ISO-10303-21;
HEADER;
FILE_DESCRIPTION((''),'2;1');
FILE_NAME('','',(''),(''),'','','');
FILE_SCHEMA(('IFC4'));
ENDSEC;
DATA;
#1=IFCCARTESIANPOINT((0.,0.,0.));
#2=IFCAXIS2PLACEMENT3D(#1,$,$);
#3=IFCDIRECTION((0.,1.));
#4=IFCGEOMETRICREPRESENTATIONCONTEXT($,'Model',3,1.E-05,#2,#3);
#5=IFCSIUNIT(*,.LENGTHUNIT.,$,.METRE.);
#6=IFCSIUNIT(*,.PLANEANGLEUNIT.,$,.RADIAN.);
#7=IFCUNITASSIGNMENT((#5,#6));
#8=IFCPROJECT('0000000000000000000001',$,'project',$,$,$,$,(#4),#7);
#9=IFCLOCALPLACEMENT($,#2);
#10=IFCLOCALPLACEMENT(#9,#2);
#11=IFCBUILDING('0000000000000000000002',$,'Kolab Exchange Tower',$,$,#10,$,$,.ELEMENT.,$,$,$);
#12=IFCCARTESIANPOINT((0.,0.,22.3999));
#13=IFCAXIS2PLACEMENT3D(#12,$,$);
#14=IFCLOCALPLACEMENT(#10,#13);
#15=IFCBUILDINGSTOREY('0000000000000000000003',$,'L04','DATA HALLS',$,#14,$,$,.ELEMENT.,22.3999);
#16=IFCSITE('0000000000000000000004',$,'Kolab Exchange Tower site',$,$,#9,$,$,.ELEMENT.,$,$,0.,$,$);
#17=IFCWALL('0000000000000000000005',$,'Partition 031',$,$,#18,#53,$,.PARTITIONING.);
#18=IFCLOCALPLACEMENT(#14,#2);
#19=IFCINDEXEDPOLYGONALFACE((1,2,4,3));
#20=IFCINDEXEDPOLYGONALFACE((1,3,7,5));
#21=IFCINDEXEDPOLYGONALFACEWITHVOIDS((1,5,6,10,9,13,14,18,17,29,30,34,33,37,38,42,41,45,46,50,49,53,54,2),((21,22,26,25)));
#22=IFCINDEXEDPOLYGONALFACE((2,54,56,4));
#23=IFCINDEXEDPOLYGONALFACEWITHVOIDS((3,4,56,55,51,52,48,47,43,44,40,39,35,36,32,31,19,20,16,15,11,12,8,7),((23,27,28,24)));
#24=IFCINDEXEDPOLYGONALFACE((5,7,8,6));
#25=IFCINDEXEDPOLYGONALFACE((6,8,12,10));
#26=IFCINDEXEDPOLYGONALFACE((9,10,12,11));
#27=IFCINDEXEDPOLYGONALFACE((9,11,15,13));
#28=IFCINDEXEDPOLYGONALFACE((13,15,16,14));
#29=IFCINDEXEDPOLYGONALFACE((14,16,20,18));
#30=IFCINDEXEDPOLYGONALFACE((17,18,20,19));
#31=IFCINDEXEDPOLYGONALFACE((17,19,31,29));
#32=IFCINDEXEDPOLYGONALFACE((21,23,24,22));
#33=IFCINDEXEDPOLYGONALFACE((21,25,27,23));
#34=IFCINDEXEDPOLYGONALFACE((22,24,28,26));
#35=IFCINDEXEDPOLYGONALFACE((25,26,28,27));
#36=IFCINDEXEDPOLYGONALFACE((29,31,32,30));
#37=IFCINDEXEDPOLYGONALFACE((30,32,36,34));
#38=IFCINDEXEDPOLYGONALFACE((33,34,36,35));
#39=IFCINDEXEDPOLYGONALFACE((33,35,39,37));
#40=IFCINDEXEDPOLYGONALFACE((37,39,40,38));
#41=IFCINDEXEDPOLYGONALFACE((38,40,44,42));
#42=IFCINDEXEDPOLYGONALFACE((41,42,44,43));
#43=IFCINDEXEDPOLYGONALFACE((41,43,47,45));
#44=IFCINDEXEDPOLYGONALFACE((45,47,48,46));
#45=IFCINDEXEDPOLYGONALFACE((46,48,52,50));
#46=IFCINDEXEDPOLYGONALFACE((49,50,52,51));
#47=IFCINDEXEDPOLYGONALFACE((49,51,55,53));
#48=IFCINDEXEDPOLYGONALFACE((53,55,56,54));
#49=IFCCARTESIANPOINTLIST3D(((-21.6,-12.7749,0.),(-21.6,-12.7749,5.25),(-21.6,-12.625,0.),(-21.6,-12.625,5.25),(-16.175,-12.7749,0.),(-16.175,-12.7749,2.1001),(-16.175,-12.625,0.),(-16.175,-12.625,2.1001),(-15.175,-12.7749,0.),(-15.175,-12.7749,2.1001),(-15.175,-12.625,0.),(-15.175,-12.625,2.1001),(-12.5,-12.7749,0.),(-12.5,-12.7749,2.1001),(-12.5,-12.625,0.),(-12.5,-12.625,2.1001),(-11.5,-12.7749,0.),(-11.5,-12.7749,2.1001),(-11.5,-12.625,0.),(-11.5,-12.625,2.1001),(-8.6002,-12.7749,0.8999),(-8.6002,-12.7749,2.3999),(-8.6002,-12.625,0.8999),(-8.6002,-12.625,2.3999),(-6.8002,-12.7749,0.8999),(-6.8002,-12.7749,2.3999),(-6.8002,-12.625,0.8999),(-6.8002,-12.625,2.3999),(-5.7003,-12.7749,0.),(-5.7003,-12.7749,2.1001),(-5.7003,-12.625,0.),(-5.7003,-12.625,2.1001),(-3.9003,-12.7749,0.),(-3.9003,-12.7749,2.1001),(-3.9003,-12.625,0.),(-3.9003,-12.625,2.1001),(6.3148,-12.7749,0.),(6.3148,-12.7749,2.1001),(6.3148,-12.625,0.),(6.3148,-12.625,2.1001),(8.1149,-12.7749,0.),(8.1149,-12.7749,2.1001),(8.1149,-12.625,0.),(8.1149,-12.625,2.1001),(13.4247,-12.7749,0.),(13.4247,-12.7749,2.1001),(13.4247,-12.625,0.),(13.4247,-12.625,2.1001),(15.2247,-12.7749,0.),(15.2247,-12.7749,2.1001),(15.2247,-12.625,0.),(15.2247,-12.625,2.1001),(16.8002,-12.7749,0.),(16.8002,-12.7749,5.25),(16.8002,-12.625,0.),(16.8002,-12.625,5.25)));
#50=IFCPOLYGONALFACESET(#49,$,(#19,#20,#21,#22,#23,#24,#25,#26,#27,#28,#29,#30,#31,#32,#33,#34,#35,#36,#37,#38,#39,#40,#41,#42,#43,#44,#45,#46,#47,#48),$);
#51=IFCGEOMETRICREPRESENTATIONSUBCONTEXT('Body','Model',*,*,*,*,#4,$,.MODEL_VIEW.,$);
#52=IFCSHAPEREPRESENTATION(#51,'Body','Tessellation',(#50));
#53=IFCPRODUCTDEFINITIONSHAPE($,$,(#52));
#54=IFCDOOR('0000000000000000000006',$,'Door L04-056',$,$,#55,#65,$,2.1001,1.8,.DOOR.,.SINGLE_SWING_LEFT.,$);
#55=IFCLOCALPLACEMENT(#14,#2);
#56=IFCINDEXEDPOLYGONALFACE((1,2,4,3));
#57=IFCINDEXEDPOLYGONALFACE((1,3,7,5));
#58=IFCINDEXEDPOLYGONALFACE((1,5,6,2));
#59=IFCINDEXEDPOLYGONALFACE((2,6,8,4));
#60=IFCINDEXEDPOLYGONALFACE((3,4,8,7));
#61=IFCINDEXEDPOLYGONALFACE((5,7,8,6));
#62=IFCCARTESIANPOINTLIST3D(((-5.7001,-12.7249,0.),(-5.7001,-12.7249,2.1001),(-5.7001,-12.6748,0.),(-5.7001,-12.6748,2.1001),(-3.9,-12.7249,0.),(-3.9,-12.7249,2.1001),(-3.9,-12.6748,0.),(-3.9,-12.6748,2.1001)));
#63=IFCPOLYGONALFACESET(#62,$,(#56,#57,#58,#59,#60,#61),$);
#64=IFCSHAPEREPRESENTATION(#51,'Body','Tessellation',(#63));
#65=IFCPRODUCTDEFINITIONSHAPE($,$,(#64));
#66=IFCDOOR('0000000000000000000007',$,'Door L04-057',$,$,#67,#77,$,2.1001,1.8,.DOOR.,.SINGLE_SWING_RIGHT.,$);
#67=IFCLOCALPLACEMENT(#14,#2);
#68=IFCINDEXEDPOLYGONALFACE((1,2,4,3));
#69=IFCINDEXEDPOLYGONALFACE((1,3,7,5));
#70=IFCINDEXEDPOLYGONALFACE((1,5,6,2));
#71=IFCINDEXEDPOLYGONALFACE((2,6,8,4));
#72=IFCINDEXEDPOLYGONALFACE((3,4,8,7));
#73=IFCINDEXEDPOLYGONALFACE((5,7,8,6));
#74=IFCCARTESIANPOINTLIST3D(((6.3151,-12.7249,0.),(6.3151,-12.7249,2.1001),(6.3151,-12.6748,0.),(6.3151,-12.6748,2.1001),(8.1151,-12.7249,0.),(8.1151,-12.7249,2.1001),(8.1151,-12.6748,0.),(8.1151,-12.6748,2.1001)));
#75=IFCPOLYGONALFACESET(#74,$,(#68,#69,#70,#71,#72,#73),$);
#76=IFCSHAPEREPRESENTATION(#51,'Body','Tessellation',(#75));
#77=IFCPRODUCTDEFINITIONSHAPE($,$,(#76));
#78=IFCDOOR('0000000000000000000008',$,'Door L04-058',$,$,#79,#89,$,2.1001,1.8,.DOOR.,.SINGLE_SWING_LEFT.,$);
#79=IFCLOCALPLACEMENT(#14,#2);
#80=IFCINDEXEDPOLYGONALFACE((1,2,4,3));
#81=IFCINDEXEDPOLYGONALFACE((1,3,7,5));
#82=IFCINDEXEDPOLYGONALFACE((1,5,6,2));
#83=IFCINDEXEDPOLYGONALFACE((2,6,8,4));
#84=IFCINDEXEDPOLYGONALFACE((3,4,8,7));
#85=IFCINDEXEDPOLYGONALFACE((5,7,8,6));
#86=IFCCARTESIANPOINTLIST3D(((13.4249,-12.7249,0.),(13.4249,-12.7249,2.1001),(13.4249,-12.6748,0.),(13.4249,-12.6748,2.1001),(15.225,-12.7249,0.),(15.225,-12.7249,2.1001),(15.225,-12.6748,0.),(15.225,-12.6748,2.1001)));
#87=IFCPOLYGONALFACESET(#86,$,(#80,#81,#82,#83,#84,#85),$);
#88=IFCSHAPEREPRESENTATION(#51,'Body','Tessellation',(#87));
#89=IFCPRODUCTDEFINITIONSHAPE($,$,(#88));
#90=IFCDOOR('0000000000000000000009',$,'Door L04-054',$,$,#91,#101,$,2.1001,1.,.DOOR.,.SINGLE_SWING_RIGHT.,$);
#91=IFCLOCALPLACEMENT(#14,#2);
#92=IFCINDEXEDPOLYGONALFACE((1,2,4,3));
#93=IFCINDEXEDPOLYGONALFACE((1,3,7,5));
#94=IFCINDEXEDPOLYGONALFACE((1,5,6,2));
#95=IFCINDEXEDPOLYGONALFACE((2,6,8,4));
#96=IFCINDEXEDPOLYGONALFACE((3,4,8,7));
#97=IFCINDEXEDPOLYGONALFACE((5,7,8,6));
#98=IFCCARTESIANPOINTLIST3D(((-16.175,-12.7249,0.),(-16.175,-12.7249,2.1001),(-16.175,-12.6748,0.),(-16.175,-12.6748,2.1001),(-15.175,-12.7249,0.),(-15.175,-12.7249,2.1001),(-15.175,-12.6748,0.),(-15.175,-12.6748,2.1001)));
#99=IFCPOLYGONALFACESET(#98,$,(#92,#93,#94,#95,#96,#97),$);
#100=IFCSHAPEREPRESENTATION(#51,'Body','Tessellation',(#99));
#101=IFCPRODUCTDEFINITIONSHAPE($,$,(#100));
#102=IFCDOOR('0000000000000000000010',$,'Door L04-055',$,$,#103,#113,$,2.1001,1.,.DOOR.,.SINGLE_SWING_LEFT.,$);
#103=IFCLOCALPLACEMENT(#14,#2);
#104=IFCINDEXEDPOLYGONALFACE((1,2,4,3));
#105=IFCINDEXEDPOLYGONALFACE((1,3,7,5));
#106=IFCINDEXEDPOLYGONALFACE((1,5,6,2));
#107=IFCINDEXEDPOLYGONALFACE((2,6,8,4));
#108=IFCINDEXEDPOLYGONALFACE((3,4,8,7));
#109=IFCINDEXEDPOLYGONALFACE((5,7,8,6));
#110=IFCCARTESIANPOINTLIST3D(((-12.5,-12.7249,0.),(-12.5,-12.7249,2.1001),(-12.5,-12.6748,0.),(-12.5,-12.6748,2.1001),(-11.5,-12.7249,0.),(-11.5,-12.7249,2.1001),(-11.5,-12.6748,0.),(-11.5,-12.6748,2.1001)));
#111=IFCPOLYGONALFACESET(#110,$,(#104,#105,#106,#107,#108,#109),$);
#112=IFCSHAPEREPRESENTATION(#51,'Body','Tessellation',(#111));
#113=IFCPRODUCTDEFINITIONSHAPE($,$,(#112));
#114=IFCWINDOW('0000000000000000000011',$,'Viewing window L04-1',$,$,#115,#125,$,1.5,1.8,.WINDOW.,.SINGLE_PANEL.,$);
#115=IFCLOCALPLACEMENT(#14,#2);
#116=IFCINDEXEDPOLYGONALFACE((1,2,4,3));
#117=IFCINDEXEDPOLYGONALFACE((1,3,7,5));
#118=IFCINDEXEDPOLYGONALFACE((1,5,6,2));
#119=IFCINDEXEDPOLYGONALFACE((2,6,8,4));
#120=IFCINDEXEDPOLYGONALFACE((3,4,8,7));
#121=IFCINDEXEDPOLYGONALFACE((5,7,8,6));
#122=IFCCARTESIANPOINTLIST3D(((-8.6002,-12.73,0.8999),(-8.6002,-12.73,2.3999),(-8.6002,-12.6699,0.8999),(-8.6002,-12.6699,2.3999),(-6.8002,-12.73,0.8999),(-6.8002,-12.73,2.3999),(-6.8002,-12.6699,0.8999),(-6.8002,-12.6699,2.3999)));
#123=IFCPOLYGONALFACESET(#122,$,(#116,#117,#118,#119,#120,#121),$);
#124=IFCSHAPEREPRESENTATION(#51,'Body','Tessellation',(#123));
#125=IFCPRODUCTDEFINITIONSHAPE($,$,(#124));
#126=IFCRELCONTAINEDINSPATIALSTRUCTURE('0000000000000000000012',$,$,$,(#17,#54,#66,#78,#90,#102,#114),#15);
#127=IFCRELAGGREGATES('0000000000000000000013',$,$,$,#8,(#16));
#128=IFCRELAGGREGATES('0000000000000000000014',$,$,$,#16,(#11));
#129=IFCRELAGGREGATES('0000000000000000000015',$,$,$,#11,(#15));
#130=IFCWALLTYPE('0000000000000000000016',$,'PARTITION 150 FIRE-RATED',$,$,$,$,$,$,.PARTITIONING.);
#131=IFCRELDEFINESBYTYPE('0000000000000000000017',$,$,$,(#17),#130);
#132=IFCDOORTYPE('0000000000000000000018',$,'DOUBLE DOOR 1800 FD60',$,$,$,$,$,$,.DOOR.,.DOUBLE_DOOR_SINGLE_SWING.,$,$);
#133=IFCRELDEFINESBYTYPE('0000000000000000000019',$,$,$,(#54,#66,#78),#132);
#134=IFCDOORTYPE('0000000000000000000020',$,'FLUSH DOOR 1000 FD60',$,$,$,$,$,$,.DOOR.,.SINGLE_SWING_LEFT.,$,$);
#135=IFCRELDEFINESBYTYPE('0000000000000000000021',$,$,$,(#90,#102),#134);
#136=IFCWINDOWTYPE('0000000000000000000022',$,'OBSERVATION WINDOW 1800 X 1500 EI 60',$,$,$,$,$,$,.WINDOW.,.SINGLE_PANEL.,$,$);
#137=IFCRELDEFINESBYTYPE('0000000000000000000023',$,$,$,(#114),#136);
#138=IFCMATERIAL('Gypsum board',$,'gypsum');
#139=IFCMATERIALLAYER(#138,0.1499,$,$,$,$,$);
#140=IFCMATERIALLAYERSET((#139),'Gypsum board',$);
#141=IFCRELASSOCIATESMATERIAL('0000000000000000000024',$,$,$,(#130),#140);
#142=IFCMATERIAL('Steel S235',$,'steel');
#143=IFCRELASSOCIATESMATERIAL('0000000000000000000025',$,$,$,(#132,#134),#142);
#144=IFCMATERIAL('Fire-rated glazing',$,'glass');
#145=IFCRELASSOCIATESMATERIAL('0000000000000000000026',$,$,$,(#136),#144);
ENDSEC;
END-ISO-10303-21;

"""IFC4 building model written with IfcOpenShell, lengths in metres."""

from ifc_helpers import new_model, si_unit, direction, frame, frame_2d, origin, place, context, subcontext, project, spatial, rectangle, extrude, material, layer, layer_set, type_object, element, fill, save


model = new_model("IFC4")

# Units and contexts
model_context = context("Model", 3, precision=1e-05, world=origin(), true_north=direction((0.0, 1.0)))
body_context = subcontext(model_context, "Body", "Model", "MODEL_VIEW")
ifc_project = project(units=[si_unit("LENGTHUNIT", "METRE"), si_unit("PLANEANGLEUNIT", "RADIAN")], contexts=[model_context])

# Site, building, storey
site_placement = place(None, origin())
site = spatial("IfcSite", under=ifc_project, at=site_placement, Name="Kolab Exchange Tower site", CompositionType="ELEMENT", RefElevation=0.0)
building_placement = place(site_placement, origin())
building = spatial("IfcBuilding", under=site, at=building_placement, Name="Kolab Exchange Tower", CompositionType="ELEMENT")
storey_placement = place(building_placement, frame((0.0, 0.0, 22.3999)))
storey = spatial("IfcBuildingStorey", under=building, at=storey_placement, Name="L04", Description="DATA HALLS", CompositionType="ELEMENT", Elevation=22.3999)

# Wall, openings, doors, window
ifc_material_1 = material(Name="Gypsum board", Category="gypsum")
ifc_layer_1 = layer(ifc_material_1, 0.1499)
ifc_layer_set_1 = layer_set([ifc_layer_1], Name="Gypsum board")
wall_type_1 = type_object("IfcWallType", Name="PARTITION 150 FIRE-RATED", PredefinedType="PARTITIONING", material=ifc_layer_set_1)
wall_1_placement = place(storey_placement, frame((-21.6001, -12.7, 0.0), z_axis=(0.0, 0.0, 1.0), x_axis=(1.0, 0.0, 0.0)))
wall_1 = element("IfcWall", 1, at=wall_1_placement, inside=storey, type_object=wall_type_1, Name="Partition 031", PredefinedType="PARTITIONING", context=body_context, shape_type="SweptSolid", body=[
    extrude(rectangle(XDim=38.4001, YDim=0.1499, at=frame_2d((19.2002, 0.0))), origin(), (0.0, 0.0, 1.0), 5.25),
])
opening_1_placement = place(wall_1_placement, frame((5.425, 0.0, 0.0)))
opening_1 = element("IfcOpeningElement", 2, at=opening_1_placement, cuts=wall_1, PredefinedType="OPENING", context=body_context, shape_type="SweptSolid", body=[
    extrude(rectangle(XDim=1.0, YDim=2.1001, at=frame_2d((0.5, 1.05))), frame((0.0, 0.085, 0.0), z_axis=(0.0, -1.0, 0.0), x_axis=(1.0, 0.0, 0.0)), (0.0, 0.0, 1.0), 0.1699),
])
opening_2_placement = place(wall_1_placement, frame((9.1001, 0.0, 0.0)))
opening_2 = element("IfcOpeningElement", 3, at=opening_2_placement, cuts=wall_1, PredefinedType="OPENING", context=body_context, shape_type="SweptSolid", body=[
    extrude(rectangle(XDim=1.0, YDim=2.1001, at=frame_2d((0.5, 1.05))), frame((0.0, 0.085, 0.0), z_axis=(0.0, -1.0, 0.0), x_axis=(1.0, 0.0, 0.0)), (0.0, 0.0, 1.0), 0.1699),
])
opening_3_placement = place(wall_1_placement, frame((15.8999, 0.0, 0.0)))
opening_3 = element("IfcOpeningElement", 4, at=opening_3_placement, cuts=wall_1, PredefinedType="OPENING", context=body_context, shape_type="SweptSolid", body=[
    extrude(rectangle(XDim=1.8, YDim=2.1001, at=frame_2d((0.8999, 1.05))), frame((0.0, 0.085, 0.0), z_axis=(0.0, -1.0, 0.0), x_axis=(1.0, 0.0, 0.0)), (0.0, 0.0, 1.0), 0.1699),
])
opening_4_placement = place(wall_1_placement, frame((27.915, 0.0, 0.0)))
opening_4 = element("IfcOpeningElement", 5, at=opening_4_placement, cuts=wall_1, PredefinedType="OPENING", context=body_context, shape_type="SweptSolid", body=[
    extrude(rectangle(XDim=1.8, YDim=2.1001, at=frame_2d((0.8999, 1.05))), frame((0.0, 0.085, 0.0), z_axis=(0.0, -1.0, 0.0), x_axis=(1.0, 0.0, 0.0)), (0.0, 0.0, 1.0), 0.1699),
])
opening_5_placement = place(wall_1_placement, frame((35.0249, 0.0, 0.0)))
opening_5 = element("IfcOpeningElement", 6, at=opening_5_placement, cuts=wall_1, PredefinedType="OPENING", context=body_context, shape_type="SweptSolid", body=[
    extrude(rectangle(XDim=1.8, YDim=2.1001, at=frame_2d((0.8999, 1.05))), frame((0.0, 0.085, 0.0), z_axis=(0.0, -1.0, 0.0), x_axis=(1.0, 0.0, 0.0)), (0.0, 0.0, 1.0), 0.1699),
])
opening_6_placement = place(wall_1_placement, frame((13.0, 0.0, 0.8999)))
opening_6 = element("IfcOpeningElement", 7, at=opening_6_placement, cuts=wall_1, PredefinedType="OPENING", context=body_context, shape_type="SweptSolid", body=[
    extrude(rectangle(XDim=1.8, YDim=1.5, at=frame_2d((0.8999, 0.75))), frame((0.0, 0.085, 0.0), z_axis=(0.0, -1.0, 0.0), x_axis=(1.0, 0.0, 0.0)), (0.0, 0.0, 1.0), 0.1699),
])
ifc_material_2 = material(Name="Steel S235", Category="steel")
door_type_1 = type_object("IfcDoorType", Name="DOUBLE DOOR 1800 FD60", OperationType="DOUBLE_DOOR_SINGLE_SWING", PredefinedType="DOOR", material=ifc_material_2)
door_1_placement = place(opening_3_placement, frame((1.8, 0.0, 0.0), z_axis=(0.0, 0.0, 1.0), x_axis=(-1.0, 0.0, 0.0)))
door_1 = element("IfcDoor", 8, at=door_1_placement, inside=storey, type_object=door_type_1, Name="Door L04-056", OperationType="SINGLE_SWING_LEFT", OverallHeight=2.1001, OverallWidth=1.8, PredefinedType="DOOR", context=body_context, shape_type="SweptSolid", body=[
    extrude(rectangle(XDim=1.8, YDim=2.1001, at=frame_2d((0.8999, 1.05))), frame((0.0, 0.0249, 0.0), z_axis=(0.0, -1.0, 0.0), x_axis=(1.0, 0.0, 0.0)), (0.0, 0.0, 1.0), 0.05),
])
fill(opening_3, door_1)
door_2_placement = place(opening_4_placement, frame((1.8, 0.0, 0.0), z_axis=(0.0, 0.0, 1.0), x_axis=(-1.0, 0.0, 0.0)))
door_2 = element("IfcDoor", 9, at=door_2_placement, inside=storey, type_object=door_type_1, Name="Door L04-057", OperationType="SINGLE_SWING_RIGHT", OverallHeight=2.1001, OverallWidth=1.8, PredefinedType="DOOR", context=body_context, shape_type="SweptSolid", body=[
    extrude(rectangle(XDim=1.8, YDim=2.1001, at=frame_2d((0.8999, 1.05))), frame((0.0, 0.0249, 0.0), z_axis=(0.0, -1.0, 0.0), x_axis=(1.0, 0.0, 0.0)), (0.0, 0.0, 1.0), 0.05),
])
fill(opening_4, door_2)
door_3_placement = place(opening_5_placement, frame((1.8, 0.0, 0.0), z_axis=(0.0, 0.0, 1.0), x_axis=(-1.0, 0.0, 0.0)))
door_3 = element("IfcDoor", 10, at=door_3_placement, inside=storey, type_object=door_type_1, Name="Door L04-058", OperationType="SINGLE_SWING_LEFT", OverallHeight=2.1001, OverallWidth=1.8, PredefinedType="DOOR", context=body_context, shape_type="SweptSolid", body=[
    extrude(rectangle(XDim=1.8, YDim=2.1001, at=frame_2d((0.8999, 1.05))), frame((0.0, 0.0249, 0.0), z_axis=(0.0, -1.0, 0.0), x_axis=(1.0, 0.0, 0.0)), (0.0, 0.0, 1.0), 0.05),
])
fill(opening_5, door_3)
door_type_2 = type_object("IfcDoorType", Name="FLUSH DOOR 1000 FD60", OperationType="SINGLE_SWING_LEFT", PredefinedType="DOOR", material=ifc_material_2)
door_4_placement = place(opening_1_placement, frame((1.0, 0.0, 0.0), z_axis=(0.0, 0.0, 1.0), x_axis=(-1.0, 0.0, 0.0)))
door_4 = element("IfcDoor", 11, at=door_4_placement, inside=storey, type_object=door_type_2, Name="Door L04-054", OperationType="SINGLE_SWING_RIGHT", OverallHeight=2.1001, OverallWidth=1.0, PredefinedType="DOOR", context=body_context, shape_type="SweptSolid", body=[
    extrude(rectangle(XDim=1.0, YDim=2.1001, at=frame_2d((0.5, 1.05))), frame((0.0, 0.0249, 0.0), z_axis=(0.0, -1.0, 0.0), x_axis=(1.0, 0.0, 0.0)), (0.0, 0.0, 1.0), 0.05),
])
fill(opening_1, door_4)
door_5_placement = place(opening_2_placement, frame((1.0, 0.0, 0.0), z_axis=(0.0, 0.0, 1.0), x_axis=(-1.0, 0.0, 0.0)))
door_5 = element("IfcDoor", 12, at=door_5_placement, inside=storey, type_object=door_type_2, Name="Door L04-055", OperationType="SINGLE_SWING_LEFT", OverallHeight=2.1001, OverallWidth=1.0, PredefinedType="DOOR", context=body_context, shape_type="SweptSolid", body=[
    extrude(rectangle(XDim=1.0, YDim=2.1001, at=frame_2d((0.5, 1.05))), frame((0.0, 0.0249, 0.0), z_axis=(0.0, -1.0, 0.0), x_axis=(1.0, 0.0, 0.0)), (0.0, 0.0, 1.0), 0.05),
])
fill(opening_2, door_5)
ifc_material_3 = material(Name="Fire-rated glazing", Category="glass")
window_type = type_object("IfcWindowType", Name="OBSERVATION WINDOW 1800 X 1500 EI 60", PartitioningType="SINGLE_PANEL", PredefinedType="WINDOW", material=ifc_material_3)
window_placement = place(opening_6_placement, origin())
window = element("IfcWindow", 13, at=window_placement, inside=storey, type_object=window_type, Name="Viewing window L04-1", OverallHeight=1.5, OverallWidth=1.8, PartitioningType="SINGLE_PANEL", PredefinedType="WINDOW", context=body_context, shape_type="SweptSolid", body=[
    extrude(rectangle(XDim=1.8, YDim=1.5, at=frame_2d((0.8999, 0.75))), frame((0.0, 0.03, 0.0), z_axis=(0.0, -1.0, 0.0), x_axis=(1.0, 0.0, 0.0)), (0.0, 0.0, 1.0), 0.0601),
])
fill(opening_6, window)

save(model, "model.ifc")
